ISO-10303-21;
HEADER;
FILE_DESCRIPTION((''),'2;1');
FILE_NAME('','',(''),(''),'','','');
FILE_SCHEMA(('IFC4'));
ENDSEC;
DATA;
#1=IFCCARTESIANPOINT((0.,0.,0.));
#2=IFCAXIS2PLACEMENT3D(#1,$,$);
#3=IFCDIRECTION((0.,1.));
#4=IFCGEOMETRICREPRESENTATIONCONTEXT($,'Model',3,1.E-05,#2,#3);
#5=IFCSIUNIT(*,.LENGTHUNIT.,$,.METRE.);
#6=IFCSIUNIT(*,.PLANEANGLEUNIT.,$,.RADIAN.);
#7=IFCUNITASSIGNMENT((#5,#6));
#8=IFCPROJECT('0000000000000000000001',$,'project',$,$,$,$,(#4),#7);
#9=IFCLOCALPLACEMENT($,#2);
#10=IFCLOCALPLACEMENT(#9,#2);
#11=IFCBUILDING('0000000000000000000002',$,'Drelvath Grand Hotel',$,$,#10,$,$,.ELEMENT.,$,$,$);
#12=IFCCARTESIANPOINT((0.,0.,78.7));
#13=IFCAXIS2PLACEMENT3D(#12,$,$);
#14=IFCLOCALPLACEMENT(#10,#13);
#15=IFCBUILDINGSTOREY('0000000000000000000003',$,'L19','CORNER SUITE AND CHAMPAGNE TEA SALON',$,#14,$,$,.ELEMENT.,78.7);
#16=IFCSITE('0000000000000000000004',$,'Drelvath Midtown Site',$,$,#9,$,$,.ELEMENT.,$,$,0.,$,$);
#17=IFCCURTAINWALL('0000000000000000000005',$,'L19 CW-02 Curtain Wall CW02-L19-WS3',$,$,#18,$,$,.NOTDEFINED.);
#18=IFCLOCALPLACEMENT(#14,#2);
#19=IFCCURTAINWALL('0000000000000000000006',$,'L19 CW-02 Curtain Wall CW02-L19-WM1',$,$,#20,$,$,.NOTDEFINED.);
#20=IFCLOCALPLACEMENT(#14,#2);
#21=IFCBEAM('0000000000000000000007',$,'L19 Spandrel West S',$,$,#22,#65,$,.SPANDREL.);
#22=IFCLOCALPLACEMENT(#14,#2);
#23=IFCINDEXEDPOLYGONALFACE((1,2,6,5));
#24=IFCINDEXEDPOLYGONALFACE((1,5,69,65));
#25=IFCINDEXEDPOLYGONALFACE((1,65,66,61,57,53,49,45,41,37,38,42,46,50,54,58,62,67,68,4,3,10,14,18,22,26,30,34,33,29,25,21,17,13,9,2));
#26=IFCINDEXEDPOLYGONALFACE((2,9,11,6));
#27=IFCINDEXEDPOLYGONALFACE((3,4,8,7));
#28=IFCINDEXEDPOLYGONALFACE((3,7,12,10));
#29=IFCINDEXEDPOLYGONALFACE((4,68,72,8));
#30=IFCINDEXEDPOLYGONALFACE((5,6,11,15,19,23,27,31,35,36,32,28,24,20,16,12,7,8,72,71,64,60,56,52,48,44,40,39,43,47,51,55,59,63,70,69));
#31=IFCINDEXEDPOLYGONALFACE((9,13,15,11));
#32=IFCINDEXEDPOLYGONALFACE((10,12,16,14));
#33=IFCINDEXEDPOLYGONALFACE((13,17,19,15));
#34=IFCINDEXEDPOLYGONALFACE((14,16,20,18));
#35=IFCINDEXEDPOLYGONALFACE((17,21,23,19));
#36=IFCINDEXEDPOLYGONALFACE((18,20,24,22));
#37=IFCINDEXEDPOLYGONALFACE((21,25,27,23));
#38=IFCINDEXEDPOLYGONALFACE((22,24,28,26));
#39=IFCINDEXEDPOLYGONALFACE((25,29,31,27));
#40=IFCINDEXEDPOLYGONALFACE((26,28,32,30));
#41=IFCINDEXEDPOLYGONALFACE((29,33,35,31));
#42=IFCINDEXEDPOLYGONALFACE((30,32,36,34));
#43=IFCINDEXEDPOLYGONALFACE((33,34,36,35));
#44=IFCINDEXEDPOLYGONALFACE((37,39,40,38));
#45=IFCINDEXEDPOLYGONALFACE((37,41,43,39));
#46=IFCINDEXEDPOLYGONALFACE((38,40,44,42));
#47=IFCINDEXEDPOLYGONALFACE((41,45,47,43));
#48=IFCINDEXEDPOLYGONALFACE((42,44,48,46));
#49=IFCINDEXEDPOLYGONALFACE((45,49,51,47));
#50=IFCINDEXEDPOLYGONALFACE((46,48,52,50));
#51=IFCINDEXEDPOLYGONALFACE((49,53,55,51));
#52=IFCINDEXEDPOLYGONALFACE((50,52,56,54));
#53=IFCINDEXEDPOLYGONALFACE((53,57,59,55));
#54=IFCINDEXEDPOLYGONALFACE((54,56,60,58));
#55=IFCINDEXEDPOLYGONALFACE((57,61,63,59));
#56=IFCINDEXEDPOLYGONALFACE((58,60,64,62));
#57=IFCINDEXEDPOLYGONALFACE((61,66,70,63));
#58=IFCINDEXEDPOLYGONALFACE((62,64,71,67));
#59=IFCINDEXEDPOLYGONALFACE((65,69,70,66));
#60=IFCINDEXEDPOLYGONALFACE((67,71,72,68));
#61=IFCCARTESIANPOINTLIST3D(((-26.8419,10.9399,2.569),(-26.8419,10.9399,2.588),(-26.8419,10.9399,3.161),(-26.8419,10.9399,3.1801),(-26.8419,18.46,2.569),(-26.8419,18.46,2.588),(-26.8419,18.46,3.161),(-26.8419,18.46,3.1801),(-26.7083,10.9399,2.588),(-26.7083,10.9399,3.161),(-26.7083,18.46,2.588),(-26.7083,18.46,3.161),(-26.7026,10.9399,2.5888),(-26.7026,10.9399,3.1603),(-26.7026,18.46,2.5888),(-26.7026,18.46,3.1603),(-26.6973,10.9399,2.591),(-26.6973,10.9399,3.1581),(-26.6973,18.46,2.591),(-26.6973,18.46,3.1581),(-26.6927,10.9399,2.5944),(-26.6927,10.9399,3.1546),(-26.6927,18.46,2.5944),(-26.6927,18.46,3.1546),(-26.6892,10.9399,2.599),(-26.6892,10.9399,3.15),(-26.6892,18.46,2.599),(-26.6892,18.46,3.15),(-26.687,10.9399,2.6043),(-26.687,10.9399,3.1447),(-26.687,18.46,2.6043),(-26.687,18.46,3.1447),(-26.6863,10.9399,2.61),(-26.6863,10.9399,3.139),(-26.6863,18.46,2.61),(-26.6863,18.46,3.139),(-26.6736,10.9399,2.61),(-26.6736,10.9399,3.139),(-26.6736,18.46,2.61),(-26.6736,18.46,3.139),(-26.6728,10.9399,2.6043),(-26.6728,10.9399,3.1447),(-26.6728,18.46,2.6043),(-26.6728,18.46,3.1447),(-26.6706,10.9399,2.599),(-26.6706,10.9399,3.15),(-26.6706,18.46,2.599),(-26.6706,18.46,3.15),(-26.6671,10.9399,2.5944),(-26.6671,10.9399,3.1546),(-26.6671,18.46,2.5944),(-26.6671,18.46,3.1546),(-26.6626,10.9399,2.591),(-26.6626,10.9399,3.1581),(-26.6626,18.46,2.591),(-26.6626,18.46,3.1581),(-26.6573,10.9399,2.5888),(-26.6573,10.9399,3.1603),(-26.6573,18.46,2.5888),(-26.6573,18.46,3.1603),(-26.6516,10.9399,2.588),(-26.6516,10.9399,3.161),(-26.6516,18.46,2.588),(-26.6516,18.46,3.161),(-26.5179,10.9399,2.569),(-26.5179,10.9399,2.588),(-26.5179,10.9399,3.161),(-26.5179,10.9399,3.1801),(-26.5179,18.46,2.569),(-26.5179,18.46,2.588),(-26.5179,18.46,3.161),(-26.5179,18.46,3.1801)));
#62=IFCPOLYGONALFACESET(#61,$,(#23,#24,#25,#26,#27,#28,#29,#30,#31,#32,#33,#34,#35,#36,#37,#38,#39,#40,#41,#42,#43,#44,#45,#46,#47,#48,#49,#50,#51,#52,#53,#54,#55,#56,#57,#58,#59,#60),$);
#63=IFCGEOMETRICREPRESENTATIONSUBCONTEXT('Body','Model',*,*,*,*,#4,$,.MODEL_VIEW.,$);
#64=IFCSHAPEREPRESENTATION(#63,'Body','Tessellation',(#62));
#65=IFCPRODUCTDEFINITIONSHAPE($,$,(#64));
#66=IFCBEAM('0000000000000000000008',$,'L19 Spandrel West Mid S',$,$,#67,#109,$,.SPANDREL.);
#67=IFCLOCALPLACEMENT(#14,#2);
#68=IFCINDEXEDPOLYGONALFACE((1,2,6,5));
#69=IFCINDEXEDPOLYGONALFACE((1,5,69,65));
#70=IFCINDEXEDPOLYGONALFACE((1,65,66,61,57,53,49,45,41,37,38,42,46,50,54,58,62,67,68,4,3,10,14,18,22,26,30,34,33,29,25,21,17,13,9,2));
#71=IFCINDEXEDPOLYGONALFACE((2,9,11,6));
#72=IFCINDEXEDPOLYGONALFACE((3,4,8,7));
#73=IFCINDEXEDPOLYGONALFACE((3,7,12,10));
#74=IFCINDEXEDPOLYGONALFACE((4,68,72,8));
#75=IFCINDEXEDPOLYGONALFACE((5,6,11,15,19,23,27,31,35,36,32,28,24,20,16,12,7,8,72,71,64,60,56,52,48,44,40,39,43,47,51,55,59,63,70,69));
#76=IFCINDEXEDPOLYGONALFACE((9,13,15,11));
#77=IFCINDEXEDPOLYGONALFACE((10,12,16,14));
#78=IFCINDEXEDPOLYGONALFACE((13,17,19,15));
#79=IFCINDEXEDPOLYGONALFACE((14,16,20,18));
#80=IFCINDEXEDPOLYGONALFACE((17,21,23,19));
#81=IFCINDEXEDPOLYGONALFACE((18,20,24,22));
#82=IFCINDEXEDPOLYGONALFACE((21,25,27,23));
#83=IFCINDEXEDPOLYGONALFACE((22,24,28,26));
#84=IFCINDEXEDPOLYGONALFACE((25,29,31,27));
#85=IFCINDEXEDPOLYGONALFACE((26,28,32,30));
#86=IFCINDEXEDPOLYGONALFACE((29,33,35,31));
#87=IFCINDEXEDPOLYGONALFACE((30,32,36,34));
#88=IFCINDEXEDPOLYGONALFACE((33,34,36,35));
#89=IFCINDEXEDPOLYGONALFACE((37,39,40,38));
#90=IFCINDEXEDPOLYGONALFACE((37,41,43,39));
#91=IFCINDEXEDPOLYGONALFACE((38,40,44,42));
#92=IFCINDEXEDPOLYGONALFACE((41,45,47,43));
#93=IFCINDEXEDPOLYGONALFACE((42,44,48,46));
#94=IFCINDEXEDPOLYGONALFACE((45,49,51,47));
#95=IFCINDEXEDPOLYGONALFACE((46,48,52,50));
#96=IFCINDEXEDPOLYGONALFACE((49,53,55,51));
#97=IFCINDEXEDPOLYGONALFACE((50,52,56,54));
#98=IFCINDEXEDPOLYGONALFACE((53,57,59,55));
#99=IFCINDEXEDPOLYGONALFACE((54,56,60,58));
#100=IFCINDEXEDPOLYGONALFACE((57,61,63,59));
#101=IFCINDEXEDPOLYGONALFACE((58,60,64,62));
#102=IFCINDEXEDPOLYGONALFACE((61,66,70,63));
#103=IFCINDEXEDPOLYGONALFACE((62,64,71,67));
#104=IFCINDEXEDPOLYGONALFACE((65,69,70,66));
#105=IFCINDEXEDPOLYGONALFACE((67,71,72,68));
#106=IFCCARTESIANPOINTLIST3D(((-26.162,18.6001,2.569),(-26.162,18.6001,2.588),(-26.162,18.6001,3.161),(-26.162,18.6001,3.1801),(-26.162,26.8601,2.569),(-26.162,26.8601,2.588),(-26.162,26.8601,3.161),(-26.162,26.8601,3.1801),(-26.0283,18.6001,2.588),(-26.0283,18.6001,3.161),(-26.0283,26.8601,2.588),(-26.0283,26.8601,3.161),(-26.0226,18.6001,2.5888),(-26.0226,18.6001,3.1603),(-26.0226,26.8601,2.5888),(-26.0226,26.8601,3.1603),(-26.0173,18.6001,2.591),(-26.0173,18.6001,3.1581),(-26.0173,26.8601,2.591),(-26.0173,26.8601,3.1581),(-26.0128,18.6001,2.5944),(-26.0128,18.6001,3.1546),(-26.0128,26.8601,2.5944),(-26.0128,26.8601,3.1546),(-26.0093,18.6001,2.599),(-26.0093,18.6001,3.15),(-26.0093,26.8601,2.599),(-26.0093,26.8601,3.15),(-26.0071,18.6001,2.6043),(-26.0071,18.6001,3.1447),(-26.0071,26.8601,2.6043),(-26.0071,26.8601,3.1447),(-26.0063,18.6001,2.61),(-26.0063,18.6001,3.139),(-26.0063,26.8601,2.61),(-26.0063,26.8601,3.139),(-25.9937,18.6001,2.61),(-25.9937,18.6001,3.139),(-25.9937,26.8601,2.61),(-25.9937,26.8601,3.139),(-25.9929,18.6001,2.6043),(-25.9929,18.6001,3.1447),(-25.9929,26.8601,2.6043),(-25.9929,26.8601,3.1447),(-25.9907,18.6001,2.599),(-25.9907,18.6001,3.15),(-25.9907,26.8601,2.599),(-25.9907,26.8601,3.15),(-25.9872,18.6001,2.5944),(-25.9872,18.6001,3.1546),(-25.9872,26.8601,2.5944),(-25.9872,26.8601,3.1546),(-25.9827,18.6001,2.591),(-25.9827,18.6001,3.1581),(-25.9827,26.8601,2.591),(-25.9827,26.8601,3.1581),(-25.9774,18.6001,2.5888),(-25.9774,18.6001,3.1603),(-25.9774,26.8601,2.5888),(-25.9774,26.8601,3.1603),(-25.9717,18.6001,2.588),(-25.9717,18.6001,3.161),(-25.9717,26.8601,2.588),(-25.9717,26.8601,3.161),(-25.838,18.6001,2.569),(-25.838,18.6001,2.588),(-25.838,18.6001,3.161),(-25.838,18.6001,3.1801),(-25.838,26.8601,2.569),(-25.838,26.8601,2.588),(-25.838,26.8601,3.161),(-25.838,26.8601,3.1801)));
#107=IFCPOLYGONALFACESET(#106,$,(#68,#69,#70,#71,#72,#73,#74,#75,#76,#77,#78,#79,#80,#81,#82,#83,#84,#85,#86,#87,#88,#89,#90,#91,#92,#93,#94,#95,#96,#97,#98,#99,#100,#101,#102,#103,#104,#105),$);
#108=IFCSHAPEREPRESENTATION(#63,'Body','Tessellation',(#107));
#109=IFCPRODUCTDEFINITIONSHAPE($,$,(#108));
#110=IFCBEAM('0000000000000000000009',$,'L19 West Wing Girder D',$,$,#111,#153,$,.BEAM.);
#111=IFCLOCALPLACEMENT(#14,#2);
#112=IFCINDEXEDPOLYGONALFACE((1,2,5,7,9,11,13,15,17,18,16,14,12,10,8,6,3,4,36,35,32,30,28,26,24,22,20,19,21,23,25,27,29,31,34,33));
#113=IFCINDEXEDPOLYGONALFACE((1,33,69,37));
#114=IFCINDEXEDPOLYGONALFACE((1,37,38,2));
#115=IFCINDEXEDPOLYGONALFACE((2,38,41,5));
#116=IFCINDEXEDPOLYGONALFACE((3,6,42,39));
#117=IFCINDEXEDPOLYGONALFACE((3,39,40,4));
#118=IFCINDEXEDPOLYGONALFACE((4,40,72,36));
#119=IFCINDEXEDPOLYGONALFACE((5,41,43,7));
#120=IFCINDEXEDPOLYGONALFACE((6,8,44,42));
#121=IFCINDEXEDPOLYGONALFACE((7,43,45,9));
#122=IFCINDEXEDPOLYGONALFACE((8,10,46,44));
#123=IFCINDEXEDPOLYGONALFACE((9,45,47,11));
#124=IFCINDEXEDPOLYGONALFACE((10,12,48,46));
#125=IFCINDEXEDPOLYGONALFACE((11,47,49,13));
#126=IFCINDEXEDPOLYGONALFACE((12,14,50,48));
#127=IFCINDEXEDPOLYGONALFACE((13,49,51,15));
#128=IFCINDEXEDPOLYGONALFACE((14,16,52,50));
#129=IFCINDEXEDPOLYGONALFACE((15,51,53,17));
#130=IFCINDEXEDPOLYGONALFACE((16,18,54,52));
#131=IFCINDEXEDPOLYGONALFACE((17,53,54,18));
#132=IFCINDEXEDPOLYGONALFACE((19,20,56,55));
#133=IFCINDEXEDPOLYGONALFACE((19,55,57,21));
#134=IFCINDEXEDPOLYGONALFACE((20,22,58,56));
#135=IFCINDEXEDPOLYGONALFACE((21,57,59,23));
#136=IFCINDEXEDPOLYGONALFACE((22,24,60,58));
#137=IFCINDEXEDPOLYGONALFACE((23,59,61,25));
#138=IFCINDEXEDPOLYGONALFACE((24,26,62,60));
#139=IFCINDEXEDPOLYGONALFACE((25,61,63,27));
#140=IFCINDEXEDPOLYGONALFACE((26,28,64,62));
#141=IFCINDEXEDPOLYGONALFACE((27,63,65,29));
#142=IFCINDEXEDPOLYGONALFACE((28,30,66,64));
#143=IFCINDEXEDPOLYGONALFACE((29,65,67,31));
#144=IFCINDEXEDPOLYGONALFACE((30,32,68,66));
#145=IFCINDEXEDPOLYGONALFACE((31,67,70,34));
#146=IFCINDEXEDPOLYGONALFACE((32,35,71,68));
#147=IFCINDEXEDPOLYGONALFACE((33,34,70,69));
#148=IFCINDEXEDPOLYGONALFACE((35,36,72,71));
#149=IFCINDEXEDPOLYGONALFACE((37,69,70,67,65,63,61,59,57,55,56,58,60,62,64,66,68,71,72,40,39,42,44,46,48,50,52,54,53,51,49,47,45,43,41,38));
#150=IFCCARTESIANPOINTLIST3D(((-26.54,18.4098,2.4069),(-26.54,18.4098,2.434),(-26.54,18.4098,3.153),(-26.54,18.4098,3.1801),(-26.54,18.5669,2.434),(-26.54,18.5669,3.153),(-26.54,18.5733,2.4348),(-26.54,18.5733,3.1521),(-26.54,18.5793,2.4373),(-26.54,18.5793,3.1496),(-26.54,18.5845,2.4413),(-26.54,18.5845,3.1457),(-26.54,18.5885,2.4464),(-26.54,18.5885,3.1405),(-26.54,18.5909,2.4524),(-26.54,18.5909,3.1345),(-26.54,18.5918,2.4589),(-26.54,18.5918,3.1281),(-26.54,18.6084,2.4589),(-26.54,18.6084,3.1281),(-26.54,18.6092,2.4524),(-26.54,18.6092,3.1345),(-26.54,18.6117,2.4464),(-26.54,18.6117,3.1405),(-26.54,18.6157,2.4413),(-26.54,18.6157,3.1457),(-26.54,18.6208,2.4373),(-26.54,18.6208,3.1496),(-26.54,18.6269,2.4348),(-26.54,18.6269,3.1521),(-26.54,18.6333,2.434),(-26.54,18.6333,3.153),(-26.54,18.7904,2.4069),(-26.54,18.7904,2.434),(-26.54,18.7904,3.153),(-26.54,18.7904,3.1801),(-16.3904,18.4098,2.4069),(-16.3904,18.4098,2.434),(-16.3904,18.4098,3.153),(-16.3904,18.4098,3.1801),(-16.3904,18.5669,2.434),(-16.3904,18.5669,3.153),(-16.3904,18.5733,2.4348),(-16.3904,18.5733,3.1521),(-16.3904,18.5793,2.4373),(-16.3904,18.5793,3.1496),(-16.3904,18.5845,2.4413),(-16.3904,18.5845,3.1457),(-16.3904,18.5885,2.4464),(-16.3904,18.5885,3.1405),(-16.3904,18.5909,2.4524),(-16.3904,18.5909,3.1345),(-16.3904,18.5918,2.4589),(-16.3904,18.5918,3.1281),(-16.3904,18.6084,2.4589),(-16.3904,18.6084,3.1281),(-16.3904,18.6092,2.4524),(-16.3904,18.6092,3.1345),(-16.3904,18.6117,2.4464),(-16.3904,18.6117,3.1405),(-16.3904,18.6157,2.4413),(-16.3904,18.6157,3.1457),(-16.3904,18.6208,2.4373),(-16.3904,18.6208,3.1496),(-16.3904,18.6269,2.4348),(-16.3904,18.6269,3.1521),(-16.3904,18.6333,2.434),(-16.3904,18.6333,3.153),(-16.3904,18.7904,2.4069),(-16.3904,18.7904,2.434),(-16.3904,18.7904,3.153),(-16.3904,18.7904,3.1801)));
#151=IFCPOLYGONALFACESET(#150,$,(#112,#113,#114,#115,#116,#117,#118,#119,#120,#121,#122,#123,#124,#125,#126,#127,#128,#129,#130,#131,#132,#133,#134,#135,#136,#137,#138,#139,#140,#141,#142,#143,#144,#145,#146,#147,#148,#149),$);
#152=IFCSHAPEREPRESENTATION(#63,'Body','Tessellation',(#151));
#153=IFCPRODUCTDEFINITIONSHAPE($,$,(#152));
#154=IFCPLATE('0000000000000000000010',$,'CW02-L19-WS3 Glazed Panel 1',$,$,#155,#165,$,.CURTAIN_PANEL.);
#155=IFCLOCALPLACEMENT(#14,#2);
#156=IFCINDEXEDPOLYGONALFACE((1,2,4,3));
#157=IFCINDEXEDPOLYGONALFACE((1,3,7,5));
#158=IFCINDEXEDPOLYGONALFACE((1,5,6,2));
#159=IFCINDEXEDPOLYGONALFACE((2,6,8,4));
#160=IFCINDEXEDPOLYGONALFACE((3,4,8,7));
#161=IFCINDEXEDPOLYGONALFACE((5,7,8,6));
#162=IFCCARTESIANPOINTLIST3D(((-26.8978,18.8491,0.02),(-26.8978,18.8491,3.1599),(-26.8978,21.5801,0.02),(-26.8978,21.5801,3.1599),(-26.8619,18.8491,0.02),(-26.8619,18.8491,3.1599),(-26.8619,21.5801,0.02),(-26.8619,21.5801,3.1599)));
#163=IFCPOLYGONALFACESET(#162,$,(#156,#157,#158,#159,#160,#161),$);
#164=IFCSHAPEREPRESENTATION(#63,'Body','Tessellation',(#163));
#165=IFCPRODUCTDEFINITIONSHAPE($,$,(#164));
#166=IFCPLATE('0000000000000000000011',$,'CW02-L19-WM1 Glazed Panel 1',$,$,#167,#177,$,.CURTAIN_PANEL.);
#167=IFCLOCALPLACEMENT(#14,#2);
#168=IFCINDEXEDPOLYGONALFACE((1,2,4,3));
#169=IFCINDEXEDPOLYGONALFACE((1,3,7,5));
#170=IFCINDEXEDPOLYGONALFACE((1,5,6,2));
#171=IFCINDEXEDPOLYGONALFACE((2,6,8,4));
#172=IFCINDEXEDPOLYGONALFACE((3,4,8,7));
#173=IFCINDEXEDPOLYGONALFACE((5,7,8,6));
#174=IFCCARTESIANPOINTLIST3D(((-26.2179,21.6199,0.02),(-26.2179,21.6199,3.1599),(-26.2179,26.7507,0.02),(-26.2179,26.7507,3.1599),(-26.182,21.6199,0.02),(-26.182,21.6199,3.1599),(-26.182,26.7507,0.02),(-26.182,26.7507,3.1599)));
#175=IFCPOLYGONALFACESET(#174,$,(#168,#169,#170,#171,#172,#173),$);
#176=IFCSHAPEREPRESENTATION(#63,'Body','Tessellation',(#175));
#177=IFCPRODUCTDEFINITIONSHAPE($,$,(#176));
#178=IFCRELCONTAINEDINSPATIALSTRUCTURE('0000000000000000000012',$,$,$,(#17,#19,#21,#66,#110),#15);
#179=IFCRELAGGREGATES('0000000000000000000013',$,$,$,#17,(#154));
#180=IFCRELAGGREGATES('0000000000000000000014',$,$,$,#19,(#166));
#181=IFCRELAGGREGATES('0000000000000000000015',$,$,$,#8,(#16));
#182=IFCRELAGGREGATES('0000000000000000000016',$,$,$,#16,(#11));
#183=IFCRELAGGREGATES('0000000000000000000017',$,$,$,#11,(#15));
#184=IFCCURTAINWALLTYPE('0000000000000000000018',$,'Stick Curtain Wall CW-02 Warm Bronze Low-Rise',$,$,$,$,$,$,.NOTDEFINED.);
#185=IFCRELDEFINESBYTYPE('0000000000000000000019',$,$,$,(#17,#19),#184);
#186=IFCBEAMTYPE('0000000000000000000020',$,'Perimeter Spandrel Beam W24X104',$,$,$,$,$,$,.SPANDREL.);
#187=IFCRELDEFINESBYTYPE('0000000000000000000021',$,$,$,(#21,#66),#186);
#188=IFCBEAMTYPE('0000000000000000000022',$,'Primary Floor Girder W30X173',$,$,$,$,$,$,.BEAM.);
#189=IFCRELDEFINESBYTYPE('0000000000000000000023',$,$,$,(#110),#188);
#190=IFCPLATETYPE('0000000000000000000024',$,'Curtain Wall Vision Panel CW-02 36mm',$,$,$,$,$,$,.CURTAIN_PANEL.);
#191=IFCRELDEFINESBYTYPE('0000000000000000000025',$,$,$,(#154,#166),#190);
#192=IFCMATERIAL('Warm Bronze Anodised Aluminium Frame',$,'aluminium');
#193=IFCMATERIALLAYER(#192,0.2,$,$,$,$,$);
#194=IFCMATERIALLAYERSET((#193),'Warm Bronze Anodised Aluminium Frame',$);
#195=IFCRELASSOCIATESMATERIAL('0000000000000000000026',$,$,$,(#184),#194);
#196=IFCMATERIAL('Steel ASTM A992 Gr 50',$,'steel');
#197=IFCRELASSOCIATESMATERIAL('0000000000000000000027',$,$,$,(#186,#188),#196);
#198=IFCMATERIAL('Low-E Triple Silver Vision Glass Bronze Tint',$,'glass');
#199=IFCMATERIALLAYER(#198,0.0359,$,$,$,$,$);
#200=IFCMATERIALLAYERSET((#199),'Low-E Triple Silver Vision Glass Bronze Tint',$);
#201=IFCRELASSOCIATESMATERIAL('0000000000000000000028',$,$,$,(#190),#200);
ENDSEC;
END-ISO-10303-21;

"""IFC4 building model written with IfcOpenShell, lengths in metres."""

from ifc_helpers import new_model, si_unit, direction, frame, origin, origin_2d, place, context, subcontext, project, spatial, rectangle, i_section, extrude, material, layer, layer_set, material_profile, profile_set, type_object, element, aggregate, save


model = new_model("IFC4")

# Units and contexts
model_context = context("Model", 3, precision=1e-05, world=origin(), true_north=direction((0.0, 1.0)))
body_context = subcontext(model_context, "Body", "Model", "MODEL_VIEW")
ifc_project = project(units=[si_unit("LENGTHUNIT", "METRE"), si_unit("PLANEANGLEUNIT", "RADIAN")], contexts=[model_context])

# Site, building, storey
site_placement = place(None, origin())
site = spatial("IfcSite", under=ifc_project, at=site_placement, Name="Drelvath Midtown Site", CompositionType="ELEMENT", RefElevation=0.0)
building_placement = place(site_placement, origin())
building = spatial("IfcBuilding", under=site, at=building_placement, Name="Drelvath Grand Hotel", CompositionType="ELEMENT")
storey_placement = place(building_placement, frame((0.0, 0.0, 78.7)))
storey = spatial("IfcBuildingStorey", under=building, at=storey_placement, Name="L19", Description="CORNER SUITE AND CHAMPAGNE TEA SALON", CompositionType="ELEMENT", Elevation=78.7)

# Shared definitions
ifc_material_1 = material(Name="Steel ASTM A992 Gr 50", Category="steel")

# Curtain walls
ifc_material_2 = material(Name="Warm Bronze Anodised Aluminium Frame", Category="aluminium")
ifc_layer_1 = layer(ifc_material_2, 0.2)
ifc_layer_set_1 = layer_set([ifc_layer_1], Name="Warm Bronze Anodised Aluminium Frame")
curtain_wall_type = type_object("IfcCurtainWallType", Name="Stick Curtain Wall CW-02 Warm Bronze Low-Rise", PredefinedType="NOTDEFINED", material=ifc_layer_set_1)
curtain_wall_1_placement = place(storey_placement, origin())
curtain_wall_1 = element("IfcCurtainWall", 1, at=curtain_wall_1_placement, inside=storey, type_object=curtain_wall_type, Name="L19 CW-02 Curtain Wall CW02-L19-WS3", PredefinedType="NOTDEFINED")
curtain_wall_2_placement = place(storey_placement, origin())
curtain_wall_2 = element("IfcCurtainWall", 2, at=curtain_wall_2_placement, inside=storey, type_object=curtain_wall_type, Name="L19 CW-02 Curtain Wall CW02-L19-WM1", PredefinedType="NOTDEFINED")

# Beams
ifc_material_profile_1 = material_profile(ifc_material_1, i_section(OverallWidth=0.324, OverallDepth=0.6111, WebThickness=0.0127, FlangeThickness=0.019, FilletRadius=0.022, at=origin_2d()), Name="W24X104")
ifc_profile_set_1 = profile_set([ifc_material_profile_1], Name="Steel ASTM A992 Gr 50")
beam_type_1 = type_object("IfcBeamType", Name="Perimeter Spandrel Beam W24X104", PredefinedType="SPANDREL", material=ifc_profile_set_1)
beam_1_placement = place(storey_placement, frame((-26.6799, 10.9399, 2.8745), z_axis=(0.0, 1.0, 0.0), x_axis=(-1.0, 0.0, 0.0)))
element("IfcBeam", 3, at=beam_1_placement, inside=storey, type_object=beam_type_1, Name="L19 Spandrel West S", PredefinedType="SPANDREL", context=body_context, shape_type="SweptSolid", body=[
    extrude(i_section(OverallWidth=0.324, OverallDepth=0.6111, WebThickness=0.0127, FlangeThickness=0.019, FilletRadius=0.022, at=origin_2d()), origin(), (0.0, 0.0, 1.0), 7.52),
])
beam_2_placement = place(storey_placement, frame((-26.0, 18.6001, 2.8745), z_axis=(0.0, 1.0, 0.0), x_axis=(-1.0, 0.0, 0.0)))
element("IfcBeam", 4, at=beam_2_placement, inside=storey, type_object=beam_type_1, Name="L19 Spandrel West Mid S", PredefinedType="SPANDREL", context=body_context, shape_type="SweptSolid", body=[
    extrude(i_section(OverallWidth=0.324, OverallDepth=0.6111, WebThickness=0.0127, FlangeThickness=0.019, FilletRadius=0.022, at=origin_2d()), origin(), (0.0, 0.0, 1.0), 8.26),
])
ifc_material_profile_2 = material_profile(ifc_material_1, i_section(OverallWidth=0.3806, OverallDepth=0.7732, WebThickness=0.0166, FlangeThickness=0.0271, FilletRadius=0.0249, at=origin_2d()), Name="W30X173")
ifc_profile_set_2 = profile_set([ifc_material_profile_2], Name="Steel ASTM A992 Gr 50")
beam_type_2 = type_object("IfcBeamType", Name="Primary Floor Girder W30X173", PredefinedType="BEAM", material=ifc_profile_set_2)
beam_3_placement = place(storey_placement, frame((-26.54, 18.6001, 2.7935), z_axis=(1.0, 0.0, 0.0), x_axis=(0.0, 1.0, 0.0)))
element("IfcBeam", 5, at=beam_3_placement, inside=storey, type_object=beam_type_2, Name="L19 West Wing Girder D", PredefinedType="BEAM", context=body_context, shape_type="SweptSolid", body=[
    extrude(i_section(OverallWidth=0.3806, OverallDepth=0.7732, WebThickness=0.0166, FlangeThickness=0.0271, FilletRadius=0.0249, at=origin_2d()), origin(), (0.0, 0.0, 1.0), 10.1497),
])

# Plates
ifc_material_3 = material(Name="Low-E Triple Silver Vision Glass Bronze Tint", Category="glass")
ifc_layer_2 = layer(ifc_material_3, 0.0359)
ifc_layer_set_2 = layer_set([ifc_layer_2], Name="Low-E Triple Silver Vision Glass Bronze Tint")
plate_type = type_object("IfcPlateType", Name="Curtain Wall Vision Panel CW-02 36mm", PredefinedType="CURTAIN_PANEL", material=ifc_layer_set_2)
plate_1_placement = place(storey_placement, frame((-26.8799, 20.2146, 0.02), z_axis=(0.0, 0.0, 1.0), x_axis=(0.0, 1.0, 0.0)))
plate_1 = element("IfcPlate", 6, at=plate_1_placement, type_object=plate_type, Name="CW02-L19-WS3 Glazed Panel 1", PredefinedType="CURTAIN_PANEL", context=body_context, shape_type="SweptSolid", body=[
    extrude(rectangle(XDim=2.731, YDim=0.0359, at=origin_2d()), origin(), (0.0, 0.0, 1.0), 3.1399),
])
aggregate(curtain_wall_1, [plate_1])
plate_2_placement = place(storey_placement, frame((-26.2, 24.1853, 0.02), z_axis=(0.0, 0.0, 1.0), x_axis=(0.0, 1.0, 0.0)))
plate_2 = element("IfcPlate", 7, at=plate_2_placement, type_object=plate_type, Name="CW02-L19-WM1 Glazed Panel 1", PredefinedType="CURTAIN_PANEL", context=body_context, shape_type="SweptSolid", body=[
    extrude(rectangle(XDim=5.1309, YDim=0.0359, at=origin_2d()), origin(), (0.0, 0.0, 1.0), 3.1399),
])
aggregate(curtain_wall_2, [plate_2])

save(model, "model.ifc")
